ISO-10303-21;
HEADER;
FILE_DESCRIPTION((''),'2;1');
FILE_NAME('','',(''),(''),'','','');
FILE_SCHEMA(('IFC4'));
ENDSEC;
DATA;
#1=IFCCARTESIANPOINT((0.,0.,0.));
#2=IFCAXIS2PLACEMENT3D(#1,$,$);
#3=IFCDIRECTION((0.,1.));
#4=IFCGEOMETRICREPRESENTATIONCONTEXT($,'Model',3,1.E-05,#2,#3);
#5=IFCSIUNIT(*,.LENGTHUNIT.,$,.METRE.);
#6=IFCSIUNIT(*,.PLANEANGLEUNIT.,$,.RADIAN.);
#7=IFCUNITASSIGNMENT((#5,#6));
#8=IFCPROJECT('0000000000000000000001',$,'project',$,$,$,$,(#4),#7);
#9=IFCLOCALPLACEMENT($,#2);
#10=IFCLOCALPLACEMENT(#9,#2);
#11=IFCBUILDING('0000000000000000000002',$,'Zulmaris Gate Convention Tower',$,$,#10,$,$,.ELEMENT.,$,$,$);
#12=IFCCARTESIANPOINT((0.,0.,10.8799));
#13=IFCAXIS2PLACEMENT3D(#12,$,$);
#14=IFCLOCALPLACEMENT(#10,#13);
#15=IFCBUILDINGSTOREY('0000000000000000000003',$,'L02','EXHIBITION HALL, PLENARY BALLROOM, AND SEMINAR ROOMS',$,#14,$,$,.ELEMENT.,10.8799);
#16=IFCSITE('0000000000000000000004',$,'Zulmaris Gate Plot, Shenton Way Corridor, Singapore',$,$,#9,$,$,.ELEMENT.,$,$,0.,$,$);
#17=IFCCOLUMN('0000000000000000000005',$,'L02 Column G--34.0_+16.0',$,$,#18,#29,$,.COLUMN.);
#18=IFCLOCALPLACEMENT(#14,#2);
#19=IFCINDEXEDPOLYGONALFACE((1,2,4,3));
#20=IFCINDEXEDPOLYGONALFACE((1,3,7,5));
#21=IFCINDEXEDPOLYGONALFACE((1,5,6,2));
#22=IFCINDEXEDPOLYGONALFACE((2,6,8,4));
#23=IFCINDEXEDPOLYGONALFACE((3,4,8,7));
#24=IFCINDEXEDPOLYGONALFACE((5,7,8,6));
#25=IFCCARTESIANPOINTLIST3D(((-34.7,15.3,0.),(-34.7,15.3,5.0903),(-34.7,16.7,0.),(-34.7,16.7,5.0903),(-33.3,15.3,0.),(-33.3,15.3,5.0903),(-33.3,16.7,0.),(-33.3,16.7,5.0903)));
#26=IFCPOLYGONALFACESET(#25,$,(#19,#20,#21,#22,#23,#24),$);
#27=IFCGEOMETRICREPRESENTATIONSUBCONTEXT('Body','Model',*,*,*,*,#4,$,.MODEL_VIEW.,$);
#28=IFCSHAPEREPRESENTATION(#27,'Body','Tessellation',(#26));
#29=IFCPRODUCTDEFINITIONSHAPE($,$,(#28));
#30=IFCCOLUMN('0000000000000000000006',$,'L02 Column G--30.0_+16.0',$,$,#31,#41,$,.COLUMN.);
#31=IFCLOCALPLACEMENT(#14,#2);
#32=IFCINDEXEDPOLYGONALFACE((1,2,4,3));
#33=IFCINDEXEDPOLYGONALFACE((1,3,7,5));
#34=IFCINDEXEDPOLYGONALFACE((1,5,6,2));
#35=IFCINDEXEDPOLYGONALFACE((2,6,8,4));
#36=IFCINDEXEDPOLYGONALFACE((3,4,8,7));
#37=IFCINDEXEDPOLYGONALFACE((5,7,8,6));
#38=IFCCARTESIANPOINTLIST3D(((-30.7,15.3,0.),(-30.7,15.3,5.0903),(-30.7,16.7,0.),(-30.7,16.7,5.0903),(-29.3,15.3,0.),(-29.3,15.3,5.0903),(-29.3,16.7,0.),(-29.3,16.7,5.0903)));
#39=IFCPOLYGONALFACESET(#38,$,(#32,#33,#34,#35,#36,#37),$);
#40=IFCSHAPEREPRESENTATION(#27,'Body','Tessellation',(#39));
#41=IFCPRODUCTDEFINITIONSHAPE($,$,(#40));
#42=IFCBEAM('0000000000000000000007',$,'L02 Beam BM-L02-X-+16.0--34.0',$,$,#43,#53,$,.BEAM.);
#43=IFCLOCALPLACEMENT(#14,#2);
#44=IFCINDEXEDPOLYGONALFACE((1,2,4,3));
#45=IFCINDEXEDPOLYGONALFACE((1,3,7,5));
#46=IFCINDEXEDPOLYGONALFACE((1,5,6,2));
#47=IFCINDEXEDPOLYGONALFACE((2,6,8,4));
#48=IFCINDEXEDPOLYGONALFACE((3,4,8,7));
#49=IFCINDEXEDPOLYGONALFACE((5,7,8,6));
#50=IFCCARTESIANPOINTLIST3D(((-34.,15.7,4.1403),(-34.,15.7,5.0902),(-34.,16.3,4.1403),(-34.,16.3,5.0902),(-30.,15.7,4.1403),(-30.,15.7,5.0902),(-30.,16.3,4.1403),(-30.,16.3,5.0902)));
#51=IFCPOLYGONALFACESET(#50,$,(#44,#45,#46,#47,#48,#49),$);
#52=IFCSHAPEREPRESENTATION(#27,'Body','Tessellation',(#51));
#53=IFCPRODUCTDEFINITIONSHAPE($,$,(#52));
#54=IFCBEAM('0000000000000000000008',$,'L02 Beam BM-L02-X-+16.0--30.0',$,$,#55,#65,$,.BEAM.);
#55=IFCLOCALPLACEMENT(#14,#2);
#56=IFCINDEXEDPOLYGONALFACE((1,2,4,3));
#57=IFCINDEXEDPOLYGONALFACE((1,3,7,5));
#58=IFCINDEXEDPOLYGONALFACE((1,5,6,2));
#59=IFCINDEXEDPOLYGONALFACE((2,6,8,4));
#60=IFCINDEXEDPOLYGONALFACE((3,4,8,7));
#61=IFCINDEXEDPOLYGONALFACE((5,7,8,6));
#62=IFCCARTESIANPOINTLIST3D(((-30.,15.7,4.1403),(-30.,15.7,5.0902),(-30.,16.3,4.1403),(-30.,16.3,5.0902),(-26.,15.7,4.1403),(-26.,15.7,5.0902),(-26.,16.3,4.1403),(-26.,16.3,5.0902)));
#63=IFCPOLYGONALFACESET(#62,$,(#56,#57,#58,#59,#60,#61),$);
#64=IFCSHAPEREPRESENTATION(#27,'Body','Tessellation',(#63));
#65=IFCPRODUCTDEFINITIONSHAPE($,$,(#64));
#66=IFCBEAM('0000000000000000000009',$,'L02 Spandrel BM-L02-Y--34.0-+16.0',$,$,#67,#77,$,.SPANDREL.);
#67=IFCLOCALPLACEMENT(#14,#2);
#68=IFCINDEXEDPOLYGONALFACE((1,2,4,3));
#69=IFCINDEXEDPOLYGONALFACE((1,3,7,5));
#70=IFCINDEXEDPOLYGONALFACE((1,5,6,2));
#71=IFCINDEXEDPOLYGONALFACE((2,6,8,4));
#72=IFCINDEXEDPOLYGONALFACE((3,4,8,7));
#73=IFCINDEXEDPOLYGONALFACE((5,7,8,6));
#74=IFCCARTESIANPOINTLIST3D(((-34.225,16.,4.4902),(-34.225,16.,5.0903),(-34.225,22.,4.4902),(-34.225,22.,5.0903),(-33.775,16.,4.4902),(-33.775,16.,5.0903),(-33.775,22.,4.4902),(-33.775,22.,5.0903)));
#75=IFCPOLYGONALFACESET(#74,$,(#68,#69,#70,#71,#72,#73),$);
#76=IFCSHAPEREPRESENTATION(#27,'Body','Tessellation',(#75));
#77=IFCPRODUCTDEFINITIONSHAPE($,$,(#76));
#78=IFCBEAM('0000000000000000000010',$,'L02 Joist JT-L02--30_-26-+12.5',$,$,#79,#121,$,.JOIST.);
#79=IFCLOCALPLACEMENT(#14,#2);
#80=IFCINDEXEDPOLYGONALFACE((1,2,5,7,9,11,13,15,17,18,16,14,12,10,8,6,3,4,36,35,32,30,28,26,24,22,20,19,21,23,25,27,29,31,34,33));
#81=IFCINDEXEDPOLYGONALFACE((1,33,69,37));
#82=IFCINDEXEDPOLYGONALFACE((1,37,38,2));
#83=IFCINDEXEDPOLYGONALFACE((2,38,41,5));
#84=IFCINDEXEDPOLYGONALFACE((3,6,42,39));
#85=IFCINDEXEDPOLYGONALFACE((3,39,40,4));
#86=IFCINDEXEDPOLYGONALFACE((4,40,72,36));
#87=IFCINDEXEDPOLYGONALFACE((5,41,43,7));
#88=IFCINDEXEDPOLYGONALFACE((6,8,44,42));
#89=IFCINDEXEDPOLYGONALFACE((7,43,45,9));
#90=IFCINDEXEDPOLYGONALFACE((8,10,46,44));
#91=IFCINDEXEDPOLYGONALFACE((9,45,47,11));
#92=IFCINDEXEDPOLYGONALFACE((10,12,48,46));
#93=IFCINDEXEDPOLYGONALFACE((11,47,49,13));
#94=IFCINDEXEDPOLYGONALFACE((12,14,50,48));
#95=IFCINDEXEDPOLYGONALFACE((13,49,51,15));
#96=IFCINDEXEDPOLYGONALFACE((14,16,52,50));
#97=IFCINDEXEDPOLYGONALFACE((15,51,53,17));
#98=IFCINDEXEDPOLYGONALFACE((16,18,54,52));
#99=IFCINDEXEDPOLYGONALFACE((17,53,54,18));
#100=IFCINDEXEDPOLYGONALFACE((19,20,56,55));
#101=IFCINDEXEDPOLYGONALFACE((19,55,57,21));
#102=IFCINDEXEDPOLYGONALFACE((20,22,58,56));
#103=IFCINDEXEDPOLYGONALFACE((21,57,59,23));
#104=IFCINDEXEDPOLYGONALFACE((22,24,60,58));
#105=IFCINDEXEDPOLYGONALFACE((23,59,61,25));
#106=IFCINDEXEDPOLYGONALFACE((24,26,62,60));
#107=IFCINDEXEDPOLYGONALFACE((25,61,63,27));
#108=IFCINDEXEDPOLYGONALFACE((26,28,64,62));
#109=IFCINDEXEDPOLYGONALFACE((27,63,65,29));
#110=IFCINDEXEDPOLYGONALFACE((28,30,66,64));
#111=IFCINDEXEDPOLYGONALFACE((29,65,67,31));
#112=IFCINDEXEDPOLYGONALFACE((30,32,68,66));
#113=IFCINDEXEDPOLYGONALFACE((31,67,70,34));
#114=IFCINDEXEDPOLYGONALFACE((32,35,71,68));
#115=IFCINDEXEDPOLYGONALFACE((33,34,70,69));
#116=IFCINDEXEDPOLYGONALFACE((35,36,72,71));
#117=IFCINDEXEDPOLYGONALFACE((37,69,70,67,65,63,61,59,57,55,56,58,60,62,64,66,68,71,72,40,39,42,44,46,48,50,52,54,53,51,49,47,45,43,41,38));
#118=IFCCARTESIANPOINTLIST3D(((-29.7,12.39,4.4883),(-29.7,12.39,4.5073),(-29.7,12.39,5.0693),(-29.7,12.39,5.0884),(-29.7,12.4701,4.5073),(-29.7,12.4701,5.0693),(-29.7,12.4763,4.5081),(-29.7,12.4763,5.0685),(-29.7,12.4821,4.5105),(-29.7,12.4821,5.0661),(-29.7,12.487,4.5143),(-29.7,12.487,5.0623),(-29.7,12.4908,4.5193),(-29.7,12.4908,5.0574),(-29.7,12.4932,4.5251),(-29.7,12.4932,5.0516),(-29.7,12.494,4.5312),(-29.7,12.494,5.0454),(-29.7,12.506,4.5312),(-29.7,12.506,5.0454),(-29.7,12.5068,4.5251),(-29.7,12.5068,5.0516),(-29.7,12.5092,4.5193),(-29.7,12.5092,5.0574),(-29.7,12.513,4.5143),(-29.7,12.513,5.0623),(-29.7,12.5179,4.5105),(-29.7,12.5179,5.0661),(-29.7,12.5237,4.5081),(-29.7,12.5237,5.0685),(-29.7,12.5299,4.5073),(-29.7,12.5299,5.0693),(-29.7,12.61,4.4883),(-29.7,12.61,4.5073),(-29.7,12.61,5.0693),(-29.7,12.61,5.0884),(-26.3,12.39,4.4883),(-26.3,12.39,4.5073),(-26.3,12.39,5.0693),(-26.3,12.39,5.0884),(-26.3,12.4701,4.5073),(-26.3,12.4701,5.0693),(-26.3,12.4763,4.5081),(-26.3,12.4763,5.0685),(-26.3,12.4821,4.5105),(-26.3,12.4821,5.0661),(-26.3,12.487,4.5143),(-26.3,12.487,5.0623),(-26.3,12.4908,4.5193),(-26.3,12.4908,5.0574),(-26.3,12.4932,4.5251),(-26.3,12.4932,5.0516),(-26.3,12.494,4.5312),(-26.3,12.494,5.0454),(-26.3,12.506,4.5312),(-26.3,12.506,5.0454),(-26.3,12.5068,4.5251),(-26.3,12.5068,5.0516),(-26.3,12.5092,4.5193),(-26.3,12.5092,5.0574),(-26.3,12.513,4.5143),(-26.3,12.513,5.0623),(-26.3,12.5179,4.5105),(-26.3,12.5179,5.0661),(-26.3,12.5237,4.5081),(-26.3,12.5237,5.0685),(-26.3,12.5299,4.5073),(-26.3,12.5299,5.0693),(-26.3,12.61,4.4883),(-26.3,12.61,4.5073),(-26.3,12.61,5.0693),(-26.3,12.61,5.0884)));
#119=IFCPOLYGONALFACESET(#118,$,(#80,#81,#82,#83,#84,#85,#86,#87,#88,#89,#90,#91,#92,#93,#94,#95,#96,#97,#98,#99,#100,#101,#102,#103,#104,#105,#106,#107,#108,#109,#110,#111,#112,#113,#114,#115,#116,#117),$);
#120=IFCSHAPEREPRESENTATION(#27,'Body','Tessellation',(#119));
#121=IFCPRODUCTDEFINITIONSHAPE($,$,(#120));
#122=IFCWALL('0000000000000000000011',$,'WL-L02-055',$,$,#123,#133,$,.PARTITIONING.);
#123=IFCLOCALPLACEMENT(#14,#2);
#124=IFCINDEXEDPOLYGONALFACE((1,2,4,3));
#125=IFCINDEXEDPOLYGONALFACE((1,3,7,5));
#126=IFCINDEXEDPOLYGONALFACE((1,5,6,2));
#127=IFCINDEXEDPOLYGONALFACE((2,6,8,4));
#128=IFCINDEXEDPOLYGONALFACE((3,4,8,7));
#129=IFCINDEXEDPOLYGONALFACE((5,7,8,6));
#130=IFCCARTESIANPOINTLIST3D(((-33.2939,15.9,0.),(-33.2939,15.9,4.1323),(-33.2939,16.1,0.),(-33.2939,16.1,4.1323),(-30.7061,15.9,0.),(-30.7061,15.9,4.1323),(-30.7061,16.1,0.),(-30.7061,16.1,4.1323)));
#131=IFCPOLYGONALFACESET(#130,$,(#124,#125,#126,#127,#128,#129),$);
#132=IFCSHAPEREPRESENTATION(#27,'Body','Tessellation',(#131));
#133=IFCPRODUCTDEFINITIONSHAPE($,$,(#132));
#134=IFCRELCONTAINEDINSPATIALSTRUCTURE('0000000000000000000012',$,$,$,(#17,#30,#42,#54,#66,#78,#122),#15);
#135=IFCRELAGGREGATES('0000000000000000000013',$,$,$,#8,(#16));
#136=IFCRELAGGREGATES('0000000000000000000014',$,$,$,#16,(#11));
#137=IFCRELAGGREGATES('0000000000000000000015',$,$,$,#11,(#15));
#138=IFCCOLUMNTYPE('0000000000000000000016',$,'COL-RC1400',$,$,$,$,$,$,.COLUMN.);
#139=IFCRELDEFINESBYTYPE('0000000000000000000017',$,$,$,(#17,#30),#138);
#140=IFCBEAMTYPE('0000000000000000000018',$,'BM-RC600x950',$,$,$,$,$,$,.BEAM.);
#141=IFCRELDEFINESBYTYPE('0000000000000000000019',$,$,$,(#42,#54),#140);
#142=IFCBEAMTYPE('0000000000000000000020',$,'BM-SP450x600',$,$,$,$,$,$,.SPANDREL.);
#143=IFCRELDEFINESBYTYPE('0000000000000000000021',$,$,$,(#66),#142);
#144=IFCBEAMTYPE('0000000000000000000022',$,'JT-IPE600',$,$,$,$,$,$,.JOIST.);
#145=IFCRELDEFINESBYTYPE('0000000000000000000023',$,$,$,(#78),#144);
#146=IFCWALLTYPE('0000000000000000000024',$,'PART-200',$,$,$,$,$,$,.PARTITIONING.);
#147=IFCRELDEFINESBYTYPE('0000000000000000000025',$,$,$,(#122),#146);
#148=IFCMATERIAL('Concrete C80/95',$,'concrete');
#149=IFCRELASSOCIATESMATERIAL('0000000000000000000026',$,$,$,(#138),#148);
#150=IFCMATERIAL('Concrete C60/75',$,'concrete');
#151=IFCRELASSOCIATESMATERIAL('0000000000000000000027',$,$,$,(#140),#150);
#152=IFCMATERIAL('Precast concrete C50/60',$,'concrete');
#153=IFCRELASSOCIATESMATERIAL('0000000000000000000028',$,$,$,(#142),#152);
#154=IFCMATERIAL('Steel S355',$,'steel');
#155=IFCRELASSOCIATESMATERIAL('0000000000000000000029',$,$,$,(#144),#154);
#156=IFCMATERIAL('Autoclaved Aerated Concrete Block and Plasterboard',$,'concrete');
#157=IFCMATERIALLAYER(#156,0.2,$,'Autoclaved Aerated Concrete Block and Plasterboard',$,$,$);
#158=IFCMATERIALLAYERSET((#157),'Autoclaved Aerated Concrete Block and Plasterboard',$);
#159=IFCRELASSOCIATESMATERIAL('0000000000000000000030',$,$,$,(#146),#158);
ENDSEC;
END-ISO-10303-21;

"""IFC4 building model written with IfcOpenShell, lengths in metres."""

from ifc_helpers import new_model, si_unit, direction, frame, frame_2d, origin, origin_2d, place, context, subcontext, project, spatial, rectangle, i_section, extrude, material, layer, layer_set, material_profile, profile_set, type_object, element, save


model = new_model("IFC4")

# Units and contexts
model_context = context("Model", 3, precision=1e-05, world=origin(), true_north=direction((0.0, 1.0)))
body_context = subcontext(model_context, "Body", "Model", "MODEL_VIEW")
ifc_project = project(units=[si_unit("LENGTHUNIT", "METRE"), si_unit("PLANEANGLEUNIT", "RADIAN")], contexts=[model_context])

# Site, building, storey
site_placement = place(None, origin())
site = spatial("IfcSite", under=ifc_project, at=site_placement, Name="Zulmaris Gate Plot, Shenton Way Corridor, Singapore", CompositionType="ELEMENT", RefElevation=0.0)
building_placement = place(site_placement, origin())
building = spatial("IfcBuilding", under=site, at=building_placement, Name="Zulmaris Gate Convention Tower", CompositionType="ELEMENT")
storey_placement = place(building_placement, frame((0.0, 0.0, 10.8799)))
storey = spatial("IfcBuildingStorey", under=building, at=storey_placement, Name="L02", Description="EXHIBITION HALL, PLENARY BALLROOM, AND SEMINAR ROOMS", CompositionType="ELEMENT", Elevation=10.8799)

# Columns
ifc_material_1 = material(Name="Concrete C80/95", Category="concrete")
ifc_material_profile_1 = material_profile(ifc_material_1, rectangle(XDim=1.3999, YDim=1.3999, at=origin_2d()), Name="RC COL 1400x1400")
ifc_profile_set_1 = profile_set([ifc_material_profile_1], Name="Concrete C80/95")
column_type = type_object("IfcColumnType", Name="COL-RC1400", PredefinedType="COLUMN", material=ifc_profile_set_1)
for number, where, z_axis, x_axis, name in (
    (1, (-34.0, 16.0, 0.0), (0.0, 0.0, 1.0), (1.0, 0.0, 0.0), "L02 Column G--34.0_+16.0"),
    (2, (-30.0, 16.0, 0.0), (0.0, 0.0, 1.0), (1.0, 0.0, 0.0), "L02 Column G--30.0_+16.0"),
):
    element("IfcColumn", number, at=place(storey_placement, frame(where, z_axis=z_axis, x_axis=x_axis)), inside=storey, type_object=column_type, Name=name, PredefinedType="COLUMN", context=body_context, shape_type="SweptSolid", body=[
        extrude(rectangle(XDim=1.3999, YDim=1.3999, at=origin_2d()), origin(), (0.0, 0.0, 1.0), 5.0903),
    ])

# Beams
ifc_material_2 = material(Name="Concrete C60/75", Category="concrete")
ifc_material_profile_2 = material_profile(ifc_material_2, rectangle(XDim=0.6001, YDim=0.95, at=origin_2d()), Name="RC BEAM 600x950")
ifc_profile_set_2 = profile_set([ifc_material_profile_2], Name="Concrete C60/75")
beam_type_1 = type_object("IfcBeamType", Name="BM-RC600x950", PredefinedType="BEAM", material=ifc_profile_set_2)
for number, where, z_axis, x_axis, name in (
    (3, (-34.0, 16.0, 4.6152), (1.0, 0.0, 0.0), (0.0, 1.0, 0.0), "L02 Beam BM-L02-X-+16.0--34.0"),
    (4, (-30.0, 16.0, 4.6152), (1.0, 0.0, 0.0), (0.0, 1.0, 0.0), "L02 Beam BM-L02-X-+16.0--30.0"),
):
    element("IfcBeam", number, at=place(storey_placement, frame(where, z_axis=z_axis, x_axis=x_axis)), inside=storey, type_object=beam_type_1, Name=name, PredefinedType="BEAM", context=body_context, shape_type="SweptSolid", body=[
        extrude(rectangle(XDim=0.6001, YDim=0.95, at=origin_2d()), origin(), (0.0, 0.0, 1.0), 4.0),
    ])
ifc_material_3 = material(Name="Precast concrete C50/60", Category="concrete")
ifc_material_profile_3 = material_profile(ifc_material_3, rectangle(XDim=0.45, YDim=0.6001, at=origin_2d()), Name="RC SPANDREL 450x600")
ifc_profile_set_3 = profile_set([ifc_material_profile_3], Name="Precast concrete C50/60")
beam_type_2 = type_object("IfcBeamType", Name="BM-SP450x600", PredefinedType="SPANDREL", material=ifc_profile_set_3)
beam_1_placement = place(storey_placement, frame((-34.0, 16.0, 4.7903), z_axis=(0.0, 1.0, 0.0), x_axis=(-1.0, 0.0, 0.0)))
element("IfcBeam", 5, at=beam_1_placement, inside=storey, type_object=beam_type_2, Name="L02 Spandrel BM-L02-Y--34.0-+16.0", PredefinedType="SPANDREL", context=body_context, shape_type="SweptSolid", body=[
    extrude(rectangle(XDim=0.45, YDim=0.6001, at=origin_2d()), origin(), (0.0, 0.0, 1.0), 6.0),
])
ifc_material_4 = material(Name="Steel S355", Category="steel")
ifc_material_profile_4 = material_profile(ifc_material_4, i_section(OverallWidth=0.22, OverallDepth=0.6001, WebThickness=0.012, FlangeThickness=0.019, FilletRadius=0.0239, at=origin_2d()), Name="IPE 600")
ifc_profile_set_4 = profile_set([ifc_material_profile_4], Name="Steel S355")
beam_type_3 = type_object("IfcBeamType", Name="JT-IPE600", PredefinedType="JOIST", material=ifc_profile_set_4)
beam_2_placement = place(storey_placement, frame((-29.7, 12.5, 4.7883), z_axis=(1.0, 0.0, 0.0), x_axis=(0.0, 1.0, 0.0)))
element("IfcBeam", 6, at=beam_2_placement, inside=storey, type_object=beam_type_3, Name="L02 Joist JT-L02--30_-26-+12.5", PredefinedType="JOIST", context=body_context, shape_type="SweptSolid", body=[
    extrude(i_section(OverallWidth=0.22, OverallDepth=0.6001, WebThickness=0.012, FlangeThickness=0.019, FilletRadius=0.0239, at=origin_2d()), origin(), (0.0, 0.0, 1.0), 3.3999),
])

# Wall
ifc_material_5 = material(Name="Autoclaved Aerated Concrete Block and Plasterboard", Category="concrete")
ifc_layer = layer(ifc_material_5, 0.2, Name="Autoclaved Aerated Concrete Block and Plasterboard")
ifc_layer_set = layer_set([ifc_layer], Name="Autoclaved Aerated Concrete Block and Plasterboard")
wall_type = type_object("IfcWallType", Name="PART-200", PredefinedType="PARTITIONING", material=ifc_layer_set)
wall_placement = place(storey_placement, frame((-33.2939, 16.0, 0.0), z_axis=(0.0, 0.0, 1.0), x_axis=(1.0, 0.0, 0.0)))
element("IfcWall", 7, at=wall_placement, inside=storey, type_object=wall_type, Name="WL-L02-055", PredefinedType="PARTITIONING", context=body_context, shape_type="SweptSolid", body=[
    extrude(rectangle(XDim=2.5879, YDim=0.2, at=frame_2d((1.2939, 0.0))), origin(), (0.0, 0.0, 1.0), 4.1323),
])

save(model, "model.ifc")
